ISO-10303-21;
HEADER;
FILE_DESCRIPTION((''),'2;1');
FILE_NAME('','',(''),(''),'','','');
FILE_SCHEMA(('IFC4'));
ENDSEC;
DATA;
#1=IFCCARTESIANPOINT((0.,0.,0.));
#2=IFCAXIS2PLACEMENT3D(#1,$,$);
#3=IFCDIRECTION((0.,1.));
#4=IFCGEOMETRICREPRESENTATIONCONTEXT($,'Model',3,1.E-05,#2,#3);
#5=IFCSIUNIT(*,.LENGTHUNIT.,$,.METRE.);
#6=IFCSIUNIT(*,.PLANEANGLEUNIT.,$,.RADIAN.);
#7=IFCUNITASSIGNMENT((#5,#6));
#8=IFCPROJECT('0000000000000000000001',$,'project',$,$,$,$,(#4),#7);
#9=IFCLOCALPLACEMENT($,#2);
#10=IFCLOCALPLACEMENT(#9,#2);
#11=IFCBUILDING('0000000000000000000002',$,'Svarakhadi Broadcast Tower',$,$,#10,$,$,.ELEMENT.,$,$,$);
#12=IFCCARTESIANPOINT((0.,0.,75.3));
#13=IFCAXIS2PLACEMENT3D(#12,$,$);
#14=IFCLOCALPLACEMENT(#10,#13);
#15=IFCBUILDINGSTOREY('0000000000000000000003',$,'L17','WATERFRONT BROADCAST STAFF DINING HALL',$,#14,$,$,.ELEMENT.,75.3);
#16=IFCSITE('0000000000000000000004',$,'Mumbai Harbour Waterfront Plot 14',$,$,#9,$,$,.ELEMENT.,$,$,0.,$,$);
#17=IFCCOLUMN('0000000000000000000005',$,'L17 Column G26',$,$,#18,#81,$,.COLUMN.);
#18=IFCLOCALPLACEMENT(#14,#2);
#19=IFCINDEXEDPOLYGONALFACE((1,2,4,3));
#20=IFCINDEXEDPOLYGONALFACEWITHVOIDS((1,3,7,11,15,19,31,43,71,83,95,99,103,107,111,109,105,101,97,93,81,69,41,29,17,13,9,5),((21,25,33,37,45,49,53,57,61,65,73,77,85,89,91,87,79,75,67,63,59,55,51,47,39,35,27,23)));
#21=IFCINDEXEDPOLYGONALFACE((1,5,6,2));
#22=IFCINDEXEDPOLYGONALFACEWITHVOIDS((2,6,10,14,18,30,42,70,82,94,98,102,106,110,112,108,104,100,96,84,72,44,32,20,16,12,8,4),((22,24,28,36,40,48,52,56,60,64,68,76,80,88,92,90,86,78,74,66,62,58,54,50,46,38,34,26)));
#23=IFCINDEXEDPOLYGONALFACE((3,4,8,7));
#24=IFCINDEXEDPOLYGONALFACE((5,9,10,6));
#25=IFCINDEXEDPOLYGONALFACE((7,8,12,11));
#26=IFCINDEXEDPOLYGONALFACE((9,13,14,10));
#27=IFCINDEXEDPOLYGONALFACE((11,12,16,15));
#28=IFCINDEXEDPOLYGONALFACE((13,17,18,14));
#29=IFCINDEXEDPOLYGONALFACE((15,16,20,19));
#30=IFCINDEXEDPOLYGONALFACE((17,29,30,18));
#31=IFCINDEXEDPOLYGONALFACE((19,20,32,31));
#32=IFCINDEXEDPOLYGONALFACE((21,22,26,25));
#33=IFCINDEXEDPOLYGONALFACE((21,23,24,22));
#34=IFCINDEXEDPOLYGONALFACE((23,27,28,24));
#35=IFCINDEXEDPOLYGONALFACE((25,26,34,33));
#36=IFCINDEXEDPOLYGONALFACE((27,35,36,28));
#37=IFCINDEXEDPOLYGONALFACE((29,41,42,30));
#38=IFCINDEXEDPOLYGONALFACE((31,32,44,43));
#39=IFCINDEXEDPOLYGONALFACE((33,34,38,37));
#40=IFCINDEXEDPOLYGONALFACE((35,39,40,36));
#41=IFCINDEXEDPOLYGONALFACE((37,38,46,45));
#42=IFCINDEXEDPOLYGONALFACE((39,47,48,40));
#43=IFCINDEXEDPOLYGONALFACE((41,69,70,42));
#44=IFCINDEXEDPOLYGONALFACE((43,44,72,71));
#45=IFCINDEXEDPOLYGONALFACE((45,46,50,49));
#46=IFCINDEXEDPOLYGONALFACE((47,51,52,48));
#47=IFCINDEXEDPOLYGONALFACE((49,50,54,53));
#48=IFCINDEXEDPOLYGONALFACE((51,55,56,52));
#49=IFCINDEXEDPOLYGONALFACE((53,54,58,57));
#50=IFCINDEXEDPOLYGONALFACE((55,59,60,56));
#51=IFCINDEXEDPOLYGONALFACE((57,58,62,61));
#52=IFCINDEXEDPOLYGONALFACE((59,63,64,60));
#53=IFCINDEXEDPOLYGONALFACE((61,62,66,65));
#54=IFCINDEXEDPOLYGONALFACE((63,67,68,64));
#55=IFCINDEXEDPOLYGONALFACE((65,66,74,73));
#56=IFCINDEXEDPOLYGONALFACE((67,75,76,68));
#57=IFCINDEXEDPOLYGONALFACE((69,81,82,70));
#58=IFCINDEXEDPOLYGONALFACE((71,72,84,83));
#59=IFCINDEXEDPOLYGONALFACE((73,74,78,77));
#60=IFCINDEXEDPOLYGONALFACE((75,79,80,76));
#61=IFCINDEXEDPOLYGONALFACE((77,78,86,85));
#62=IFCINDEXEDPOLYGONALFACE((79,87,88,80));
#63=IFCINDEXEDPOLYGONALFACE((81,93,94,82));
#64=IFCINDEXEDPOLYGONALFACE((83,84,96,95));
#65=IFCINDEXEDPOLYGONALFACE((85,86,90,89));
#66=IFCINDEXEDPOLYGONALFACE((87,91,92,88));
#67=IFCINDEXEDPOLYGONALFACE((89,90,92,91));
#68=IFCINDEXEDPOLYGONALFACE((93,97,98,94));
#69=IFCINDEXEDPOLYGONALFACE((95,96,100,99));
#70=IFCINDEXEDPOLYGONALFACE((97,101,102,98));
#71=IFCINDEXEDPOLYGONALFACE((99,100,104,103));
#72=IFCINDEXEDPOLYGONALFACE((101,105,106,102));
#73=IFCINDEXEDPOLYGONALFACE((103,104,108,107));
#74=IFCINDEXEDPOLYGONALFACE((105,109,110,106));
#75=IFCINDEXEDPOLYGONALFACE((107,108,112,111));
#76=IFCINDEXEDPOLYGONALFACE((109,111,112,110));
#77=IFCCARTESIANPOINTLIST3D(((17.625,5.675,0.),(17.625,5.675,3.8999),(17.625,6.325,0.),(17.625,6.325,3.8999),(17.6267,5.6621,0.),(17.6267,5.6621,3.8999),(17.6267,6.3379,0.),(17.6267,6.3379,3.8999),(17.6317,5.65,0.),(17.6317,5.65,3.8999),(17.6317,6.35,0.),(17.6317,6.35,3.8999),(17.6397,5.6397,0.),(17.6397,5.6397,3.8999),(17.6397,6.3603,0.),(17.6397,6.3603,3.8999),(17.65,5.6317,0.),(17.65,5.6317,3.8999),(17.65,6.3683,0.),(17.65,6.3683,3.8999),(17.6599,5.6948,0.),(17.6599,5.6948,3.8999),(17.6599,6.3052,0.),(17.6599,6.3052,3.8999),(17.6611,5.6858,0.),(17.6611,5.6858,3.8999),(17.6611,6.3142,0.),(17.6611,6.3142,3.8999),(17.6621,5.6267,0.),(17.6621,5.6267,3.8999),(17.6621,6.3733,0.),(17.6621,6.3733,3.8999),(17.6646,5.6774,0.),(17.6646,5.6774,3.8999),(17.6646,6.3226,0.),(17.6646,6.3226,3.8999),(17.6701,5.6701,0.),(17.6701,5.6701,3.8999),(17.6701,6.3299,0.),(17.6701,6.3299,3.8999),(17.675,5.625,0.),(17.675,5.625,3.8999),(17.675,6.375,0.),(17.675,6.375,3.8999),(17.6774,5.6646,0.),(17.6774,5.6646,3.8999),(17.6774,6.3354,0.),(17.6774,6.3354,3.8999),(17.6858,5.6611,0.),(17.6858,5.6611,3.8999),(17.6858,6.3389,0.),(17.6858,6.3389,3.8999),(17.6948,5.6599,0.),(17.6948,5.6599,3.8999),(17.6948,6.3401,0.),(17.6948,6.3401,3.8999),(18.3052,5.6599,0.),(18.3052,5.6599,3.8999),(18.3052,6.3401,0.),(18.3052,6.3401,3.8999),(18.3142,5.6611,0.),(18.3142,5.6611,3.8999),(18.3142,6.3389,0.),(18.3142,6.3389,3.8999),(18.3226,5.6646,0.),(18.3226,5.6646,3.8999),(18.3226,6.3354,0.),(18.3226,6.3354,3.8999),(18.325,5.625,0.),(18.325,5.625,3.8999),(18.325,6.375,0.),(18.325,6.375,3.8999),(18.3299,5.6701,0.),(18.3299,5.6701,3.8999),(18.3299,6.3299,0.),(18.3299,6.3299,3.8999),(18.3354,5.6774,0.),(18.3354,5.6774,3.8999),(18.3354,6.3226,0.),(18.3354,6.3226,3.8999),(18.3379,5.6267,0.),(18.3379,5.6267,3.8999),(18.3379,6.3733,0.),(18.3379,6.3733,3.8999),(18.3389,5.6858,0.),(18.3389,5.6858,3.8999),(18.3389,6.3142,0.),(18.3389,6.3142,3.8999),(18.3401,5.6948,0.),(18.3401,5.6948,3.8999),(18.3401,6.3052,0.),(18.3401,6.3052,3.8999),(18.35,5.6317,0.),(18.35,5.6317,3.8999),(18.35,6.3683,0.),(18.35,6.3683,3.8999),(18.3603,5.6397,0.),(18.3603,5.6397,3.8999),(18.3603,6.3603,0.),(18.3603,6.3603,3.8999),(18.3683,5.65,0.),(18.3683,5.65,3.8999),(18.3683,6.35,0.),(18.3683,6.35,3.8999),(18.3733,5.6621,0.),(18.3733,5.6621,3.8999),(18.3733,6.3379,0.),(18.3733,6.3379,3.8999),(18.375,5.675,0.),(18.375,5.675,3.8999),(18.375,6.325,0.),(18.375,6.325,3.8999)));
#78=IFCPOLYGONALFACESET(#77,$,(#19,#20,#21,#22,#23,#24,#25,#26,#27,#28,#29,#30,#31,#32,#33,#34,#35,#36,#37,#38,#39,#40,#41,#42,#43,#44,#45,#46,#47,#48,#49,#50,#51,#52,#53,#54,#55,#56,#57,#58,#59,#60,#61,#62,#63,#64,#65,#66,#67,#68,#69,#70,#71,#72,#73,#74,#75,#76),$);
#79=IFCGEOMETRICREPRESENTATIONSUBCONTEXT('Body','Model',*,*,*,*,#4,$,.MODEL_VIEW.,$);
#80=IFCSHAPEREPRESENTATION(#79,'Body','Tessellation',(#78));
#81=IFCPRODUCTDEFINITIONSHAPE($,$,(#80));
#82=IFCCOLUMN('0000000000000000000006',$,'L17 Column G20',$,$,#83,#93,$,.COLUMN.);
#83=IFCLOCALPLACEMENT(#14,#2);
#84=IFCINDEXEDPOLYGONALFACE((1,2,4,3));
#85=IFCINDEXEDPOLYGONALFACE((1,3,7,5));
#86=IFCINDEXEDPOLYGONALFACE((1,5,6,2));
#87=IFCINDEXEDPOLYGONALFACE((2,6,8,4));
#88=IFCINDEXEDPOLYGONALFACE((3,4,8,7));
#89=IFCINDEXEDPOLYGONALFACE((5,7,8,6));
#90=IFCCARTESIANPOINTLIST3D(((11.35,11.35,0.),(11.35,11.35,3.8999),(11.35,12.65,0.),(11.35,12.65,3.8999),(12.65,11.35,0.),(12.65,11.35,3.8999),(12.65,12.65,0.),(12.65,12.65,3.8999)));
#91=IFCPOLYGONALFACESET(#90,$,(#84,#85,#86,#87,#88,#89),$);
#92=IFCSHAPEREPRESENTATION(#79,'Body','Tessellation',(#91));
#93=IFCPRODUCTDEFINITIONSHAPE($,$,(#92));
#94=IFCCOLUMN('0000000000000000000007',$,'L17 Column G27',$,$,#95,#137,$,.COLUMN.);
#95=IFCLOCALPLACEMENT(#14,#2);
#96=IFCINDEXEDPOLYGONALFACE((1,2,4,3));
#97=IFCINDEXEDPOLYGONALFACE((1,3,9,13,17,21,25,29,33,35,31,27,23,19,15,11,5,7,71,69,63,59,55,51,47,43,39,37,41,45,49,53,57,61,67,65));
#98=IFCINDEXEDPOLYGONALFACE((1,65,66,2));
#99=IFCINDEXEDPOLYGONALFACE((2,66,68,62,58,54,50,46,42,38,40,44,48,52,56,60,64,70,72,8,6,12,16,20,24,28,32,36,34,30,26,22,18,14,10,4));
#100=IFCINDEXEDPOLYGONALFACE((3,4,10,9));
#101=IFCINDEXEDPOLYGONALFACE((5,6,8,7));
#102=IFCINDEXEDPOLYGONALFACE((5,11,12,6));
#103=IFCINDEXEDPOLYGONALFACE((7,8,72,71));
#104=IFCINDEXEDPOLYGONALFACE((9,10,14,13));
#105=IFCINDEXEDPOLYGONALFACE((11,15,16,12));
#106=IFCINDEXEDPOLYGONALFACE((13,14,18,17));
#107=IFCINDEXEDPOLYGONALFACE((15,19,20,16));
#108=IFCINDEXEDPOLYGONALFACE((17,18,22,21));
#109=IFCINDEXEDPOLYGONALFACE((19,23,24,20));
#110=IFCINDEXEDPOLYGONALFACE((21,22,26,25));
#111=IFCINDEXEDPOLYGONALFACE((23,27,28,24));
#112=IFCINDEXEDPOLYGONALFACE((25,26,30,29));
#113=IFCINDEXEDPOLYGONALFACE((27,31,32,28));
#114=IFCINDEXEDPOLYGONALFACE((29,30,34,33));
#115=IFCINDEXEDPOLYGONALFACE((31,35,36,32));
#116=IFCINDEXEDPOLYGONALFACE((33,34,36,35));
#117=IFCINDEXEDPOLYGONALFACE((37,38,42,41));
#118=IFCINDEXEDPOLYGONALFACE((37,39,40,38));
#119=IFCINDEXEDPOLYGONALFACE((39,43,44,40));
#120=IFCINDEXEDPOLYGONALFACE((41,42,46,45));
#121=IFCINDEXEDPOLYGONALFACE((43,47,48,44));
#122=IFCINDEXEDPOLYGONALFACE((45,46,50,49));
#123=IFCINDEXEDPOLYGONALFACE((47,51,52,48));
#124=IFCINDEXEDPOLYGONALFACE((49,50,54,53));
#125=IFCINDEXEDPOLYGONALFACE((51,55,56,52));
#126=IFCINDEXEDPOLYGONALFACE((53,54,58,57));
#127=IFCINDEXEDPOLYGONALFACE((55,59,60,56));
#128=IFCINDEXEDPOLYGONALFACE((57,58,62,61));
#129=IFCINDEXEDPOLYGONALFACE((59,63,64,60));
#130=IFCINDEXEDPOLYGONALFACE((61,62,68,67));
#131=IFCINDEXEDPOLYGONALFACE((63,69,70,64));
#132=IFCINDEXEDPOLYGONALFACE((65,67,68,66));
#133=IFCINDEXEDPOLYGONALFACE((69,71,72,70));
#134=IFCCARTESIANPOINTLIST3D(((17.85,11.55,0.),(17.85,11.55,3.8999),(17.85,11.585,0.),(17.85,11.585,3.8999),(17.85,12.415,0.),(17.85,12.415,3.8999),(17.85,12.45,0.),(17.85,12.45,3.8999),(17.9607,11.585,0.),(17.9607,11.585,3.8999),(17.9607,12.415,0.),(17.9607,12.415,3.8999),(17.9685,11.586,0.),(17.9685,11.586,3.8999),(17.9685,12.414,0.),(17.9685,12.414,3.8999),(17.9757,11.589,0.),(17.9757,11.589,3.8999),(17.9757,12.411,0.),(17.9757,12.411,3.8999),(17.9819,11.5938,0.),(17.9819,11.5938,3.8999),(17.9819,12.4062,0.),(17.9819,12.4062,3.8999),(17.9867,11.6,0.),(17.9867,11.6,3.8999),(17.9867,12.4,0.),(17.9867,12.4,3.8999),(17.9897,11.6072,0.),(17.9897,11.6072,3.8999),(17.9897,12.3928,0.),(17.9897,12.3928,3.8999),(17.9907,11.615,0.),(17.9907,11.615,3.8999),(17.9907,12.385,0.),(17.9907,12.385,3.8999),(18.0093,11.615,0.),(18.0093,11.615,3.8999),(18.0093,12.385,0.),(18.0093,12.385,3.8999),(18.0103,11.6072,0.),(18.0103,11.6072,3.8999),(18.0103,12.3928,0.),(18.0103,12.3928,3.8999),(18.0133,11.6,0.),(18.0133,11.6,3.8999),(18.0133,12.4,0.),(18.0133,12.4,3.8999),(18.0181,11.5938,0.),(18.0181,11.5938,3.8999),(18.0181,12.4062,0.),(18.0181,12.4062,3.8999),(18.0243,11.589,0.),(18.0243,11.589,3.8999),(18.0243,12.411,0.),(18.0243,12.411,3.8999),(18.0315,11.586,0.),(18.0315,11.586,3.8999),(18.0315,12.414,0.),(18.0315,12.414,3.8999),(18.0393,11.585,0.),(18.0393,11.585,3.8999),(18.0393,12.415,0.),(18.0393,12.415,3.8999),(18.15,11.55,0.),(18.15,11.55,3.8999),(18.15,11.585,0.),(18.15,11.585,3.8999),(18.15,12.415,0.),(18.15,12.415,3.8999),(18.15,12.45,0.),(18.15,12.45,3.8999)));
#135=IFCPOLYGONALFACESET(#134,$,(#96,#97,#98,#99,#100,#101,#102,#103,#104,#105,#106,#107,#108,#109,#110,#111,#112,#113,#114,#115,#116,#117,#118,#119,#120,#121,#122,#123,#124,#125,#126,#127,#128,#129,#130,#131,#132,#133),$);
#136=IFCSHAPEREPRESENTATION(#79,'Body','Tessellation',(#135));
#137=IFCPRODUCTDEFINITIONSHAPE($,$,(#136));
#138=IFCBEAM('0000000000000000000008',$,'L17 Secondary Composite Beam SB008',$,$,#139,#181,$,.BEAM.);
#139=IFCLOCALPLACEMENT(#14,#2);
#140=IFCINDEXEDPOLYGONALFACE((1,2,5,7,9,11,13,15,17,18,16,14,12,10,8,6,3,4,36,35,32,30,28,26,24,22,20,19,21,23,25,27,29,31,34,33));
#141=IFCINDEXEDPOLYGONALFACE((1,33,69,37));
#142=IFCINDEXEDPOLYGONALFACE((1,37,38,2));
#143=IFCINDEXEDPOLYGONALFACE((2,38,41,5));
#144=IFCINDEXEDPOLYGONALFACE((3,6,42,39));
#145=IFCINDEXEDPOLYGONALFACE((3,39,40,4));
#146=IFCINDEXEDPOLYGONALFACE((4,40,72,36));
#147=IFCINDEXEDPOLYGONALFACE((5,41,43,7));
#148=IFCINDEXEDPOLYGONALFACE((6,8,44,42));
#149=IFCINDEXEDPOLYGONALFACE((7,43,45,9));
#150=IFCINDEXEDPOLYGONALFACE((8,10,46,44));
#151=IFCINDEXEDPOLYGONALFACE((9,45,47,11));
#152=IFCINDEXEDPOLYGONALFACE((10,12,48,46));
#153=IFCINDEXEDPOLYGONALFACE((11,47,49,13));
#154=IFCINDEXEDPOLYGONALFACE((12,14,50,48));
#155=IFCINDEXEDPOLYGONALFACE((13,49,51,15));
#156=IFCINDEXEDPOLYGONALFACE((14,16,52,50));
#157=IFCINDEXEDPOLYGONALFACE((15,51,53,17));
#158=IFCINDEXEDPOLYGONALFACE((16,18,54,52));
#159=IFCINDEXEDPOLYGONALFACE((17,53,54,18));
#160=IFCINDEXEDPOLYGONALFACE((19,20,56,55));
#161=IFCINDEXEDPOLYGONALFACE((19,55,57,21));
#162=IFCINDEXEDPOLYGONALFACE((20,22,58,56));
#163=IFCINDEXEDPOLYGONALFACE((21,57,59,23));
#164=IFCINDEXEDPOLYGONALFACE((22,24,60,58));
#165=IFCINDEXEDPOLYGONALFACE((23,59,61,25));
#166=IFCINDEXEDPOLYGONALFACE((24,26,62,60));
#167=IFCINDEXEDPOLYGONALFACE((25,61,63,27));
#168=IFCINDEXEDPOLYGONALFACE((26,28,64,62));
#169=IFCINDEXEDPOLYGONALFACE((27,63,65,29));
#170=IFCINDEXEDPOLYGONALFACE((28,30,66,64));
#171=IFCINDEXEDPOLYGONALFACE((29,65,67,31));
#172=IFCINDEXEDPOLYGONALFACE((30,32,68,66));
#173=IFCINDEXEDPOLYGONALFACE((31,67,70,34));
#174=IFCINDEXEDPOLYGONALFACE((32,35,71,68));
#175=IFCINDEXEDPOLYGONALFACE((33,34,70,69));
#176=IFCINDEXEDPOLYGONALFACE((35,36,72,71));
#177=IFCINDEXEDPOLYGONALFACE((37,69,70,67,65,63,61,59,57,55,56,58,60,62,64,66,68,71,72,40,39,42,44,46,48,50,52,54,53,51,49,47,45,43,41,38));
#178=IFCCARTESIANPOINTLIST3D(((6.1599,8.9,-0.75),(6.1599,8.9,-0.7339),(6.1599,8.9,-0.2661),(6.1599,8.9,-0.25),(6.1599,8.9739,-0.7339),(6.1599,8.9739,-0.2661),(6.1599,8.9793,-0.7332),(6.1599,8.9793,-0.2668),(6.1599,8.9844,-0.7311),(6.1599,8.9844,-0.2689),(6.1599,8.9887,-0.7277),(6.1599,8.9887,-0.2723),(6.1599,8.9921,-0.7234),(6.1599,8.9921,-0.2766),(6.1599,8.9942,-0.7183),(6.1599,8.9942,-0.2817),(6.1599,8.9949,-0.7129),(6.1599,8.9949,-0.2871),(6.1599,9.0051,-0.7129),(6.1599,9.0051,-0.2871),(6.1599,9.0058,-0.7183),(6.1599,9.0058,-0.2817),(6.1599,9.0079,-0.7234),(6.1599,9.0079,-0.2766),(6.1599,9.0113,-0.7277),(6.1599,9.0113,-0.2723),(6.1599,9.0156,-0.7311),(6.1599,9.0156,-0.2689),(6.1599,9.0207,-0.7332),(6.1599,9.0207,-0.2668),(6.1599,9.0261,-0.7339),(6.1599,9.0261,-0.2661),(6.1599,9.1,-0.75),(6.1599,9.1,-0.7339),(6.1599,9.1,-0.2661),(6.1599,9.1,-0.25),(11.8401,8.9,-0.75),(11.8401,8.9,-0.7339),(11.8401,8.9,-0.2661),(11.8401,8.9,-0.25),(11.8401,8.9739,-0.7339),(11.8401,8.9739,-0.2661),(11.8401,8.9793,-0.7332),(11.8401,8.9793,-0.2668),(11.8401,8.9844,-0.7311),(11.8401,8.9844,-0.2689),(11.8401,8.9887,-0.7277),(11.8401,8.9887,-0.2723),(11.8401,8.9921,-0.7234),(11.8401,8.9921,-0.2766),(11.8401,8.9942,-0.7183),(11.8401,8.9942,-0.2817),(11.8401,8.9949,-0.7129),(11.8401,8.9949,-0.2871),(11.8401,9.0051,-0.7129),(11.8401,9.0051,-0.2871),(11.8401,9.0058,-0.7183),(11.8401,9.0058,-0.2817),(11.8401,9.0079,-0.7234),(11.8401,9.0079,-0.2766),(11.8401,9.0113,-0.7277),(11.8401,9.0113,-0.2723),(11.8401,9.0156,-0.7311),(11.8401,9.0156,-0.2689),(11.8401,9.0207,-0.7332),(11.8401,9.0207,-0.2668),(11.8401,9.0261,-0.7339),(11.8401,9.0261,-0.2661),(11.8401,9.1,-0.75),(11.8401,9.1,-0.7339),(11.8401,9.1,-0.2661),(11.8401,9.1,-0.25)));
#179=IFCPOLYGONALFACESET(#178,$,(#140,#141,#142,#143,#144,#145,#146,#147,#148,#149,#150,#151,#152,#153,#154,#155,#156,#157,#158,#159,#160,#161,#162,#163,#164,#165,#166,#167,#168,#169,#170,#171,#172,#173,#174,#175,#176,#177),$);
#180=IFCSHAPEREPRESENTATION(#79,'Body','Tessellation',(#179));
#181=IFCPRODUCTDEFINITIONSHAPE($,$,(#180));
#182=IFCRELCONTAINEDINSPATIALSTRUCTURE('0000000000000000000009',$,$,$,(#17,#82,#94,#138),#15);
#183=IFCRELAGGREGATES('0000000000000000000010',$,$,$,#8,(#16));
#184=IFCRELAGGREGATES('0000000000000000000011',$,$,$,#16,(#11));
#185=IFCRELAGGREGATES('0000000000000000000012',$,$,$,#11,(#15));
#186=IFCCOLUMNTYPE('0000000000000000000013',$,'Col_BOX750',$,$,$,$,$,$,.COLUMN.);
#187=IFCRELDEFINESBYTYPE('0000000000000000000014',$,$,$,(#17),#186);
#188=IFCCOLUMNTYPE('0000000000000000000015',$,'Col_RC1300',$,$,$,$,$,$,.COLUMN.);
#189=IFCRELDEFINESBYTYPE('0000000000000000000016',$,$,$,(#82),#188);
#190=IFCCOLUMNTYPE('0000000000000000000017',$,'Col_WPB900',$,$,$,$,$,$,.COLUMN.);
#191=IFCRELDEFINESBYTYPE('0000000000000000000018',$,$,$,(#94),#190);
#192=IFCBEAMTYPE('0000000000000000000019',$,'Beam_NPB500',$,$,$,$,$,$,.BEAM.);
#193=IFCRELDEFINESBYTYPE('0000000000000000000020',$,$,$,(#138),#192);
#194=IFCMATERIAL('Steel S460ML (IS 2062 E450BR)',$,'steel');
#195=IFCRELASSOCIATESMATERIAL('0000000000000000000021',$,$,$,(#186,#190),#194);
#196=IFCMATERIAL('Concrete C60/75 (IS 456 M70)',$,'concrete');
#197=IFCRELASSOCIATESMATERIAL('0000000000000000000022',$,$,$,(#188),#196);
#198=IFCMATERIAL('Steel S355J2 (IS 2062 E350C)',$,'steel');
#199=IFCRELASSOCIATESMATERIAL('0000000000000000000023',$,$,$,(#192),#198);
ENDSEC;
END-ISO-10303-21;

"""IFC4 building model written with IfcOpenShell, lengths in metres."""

from ifc_helpers import new_model, si_unit, direction, frame, origin, origin_2d, place, context, subcontext, project, spatial, rectangle, hollow_rectangle, i_section, extrude, material, material_profile, profile_set, type_object, element, save


model = new_model("IFC4")

# Units and contexts
model_context = context("Model", 3, precision=1e-05, world=origin(), true_north=direction((0.0, 1.0)))
body_context = subcontext(model_context, "Body", "Model", "MODEL_VIEW")
ifc_project = project(units=[si_unit("LENGTHUNIT", "METRE"), si_unit("PLANEANGLEUNIT", "RADIAN")], contexts=[model_context])

# Site, building, storey
site_placement = place(None, origin())
site = spatial("IfcSite", under=ifc_project, at=site_placement, Name="Mumbai Harbour Waterfront Plot 14", CompositionType="ELEMENT", RefElevation=0.0)
building_placement = place(site_placement, origin())
building = spatial("IfcBuilding", under=site, at=building_placement, Name="Svarakhadi Broadcast Tower", CompositionType="ELEMENT")
storey_placement = place(building_placement, frame((0.0, 0.0, 75.3)))
storey = spatial("IfcBuildingStorey", under=building, at=storey_placement, Name="L17", Description="WATERFRONT BROADCAST STAFF DINING HALL", CompositionType="ELEMENT", Elevation=75.3)

# Columns
ifc_material_1 = material(Name="Steel S460ML (IS 2062 E450BR)", Category="steel")
ifc_material_profile_1 = material_profile(ifc_material_1, hollow_rectangle(XDim=0.75, YDim=0.75, WallThickness=0.0349, InnerFilletRadius=0.0349, OuterFilletRadius=0.05, at=origin_2d()), Name="BOX 750x750x35")
ifc_profile_set_1 = profile_set([ifc_material_profile_1], Name="Steel S460ML (IS 2062 E450BR)")
column_type_1 = type_object("IfcColumnType", Name="Col_BOX750", PredefinedType="COLUMN", material=ifc_profile_set_1)
column_1_placement = place(storey_placement, frame((18.0, 6.0, 0.0), z_axis=(0.0, 0.0, 1.0), x_axis=(1.0, 0.0, 0.0)))
element("IfcColumn", 1, at=column_1_placement, inside=storey, type_object=column_type_1, Name="L17 Column G26", PredefinedType="COLUMN", context=body_context, shape_type="SweptSolid", body=[
    extrude(hollow_rectangle(XDim=0.75, YDim=0.75, WallThickness=0.0349, InnerFilletRadius=0.0349, OuterFilletRadius=0.05, at=origin_2d()), origin(), (0.0, 0.0, 1.0), 3.8999),
])
ifc_material_2 = material(Name="Concrete C60/75 (IS 456 M70)", Category="concrete")
ifc_material_profile_2 = material_profile(ifc_material_2, rectangle(XDim=1.3, YDim=1.3, at=origin_2d()), Name="RC 1300x1300")
ifc_profile_set_2 = profile_set([ifc_material_profile_2], Name="Concrete C60/75 (IS 456 M70)")
column_type_2 = type_object("IfcColumnType", Name="Col_RC1300", PredefinedType="COLUMN", material=ifc_profile_set_2)
column_2_placement = place(storey_placement, frame((12.0, 12.0, 0.0), z_axis=(0.0, 0.0, 1.0), x_axis=(1.0, 0.0, 0.0)))
element("IfcColumn", 2, at=column_2_placement, inside=storey, type_object=column_type_2, Name="L17 Column G20", PredefinedType="COLUMN", context=body_context, shape_type="SweptSolid", body=[
    extrude(rectangle(XDim=1.3, YDim=1.3, at=origin_2d()), origin(), (0.0, 0.0, 1.0), 3.8999),
])
ifc_material_profile_3 = material_profile(ifc_material_1, i_section(OverallWidth=0.3, OverallDepth=0.8999, WebThickness=0.0186, FlangeThickness=0.0349, FilletRadius=0.03, at=origin_2d()), Name="WPB 900x300x291")
ifc_profile_set_3 = profile_set([ifc_material_profile_3], Name="Steel S460ML (IS 2062 E450BR)")
column_type_3 = type_object("IfcColumnType", Name="Col_WPB900", PredefinedType="COLUMN", material=ifc_profile_set_3)
column_3_placement = place(storey_placement, frame((18.0, 12.0, 0.0), z_axis=(0.0, 0.0, 1.0), x_axis=(1.0, 0.0, 0.0)))
element("IfcColumn", 3, at=column_3_placement, inside=storey, type_object=column_type_3, Name="L17 Column G27", PredefinedType="COLUMN", context=body_context, shape_type="SweptSolid", body=[
    extrude(i_section(OverallWidth=0.3, OverallDepth=0.8999, WebThickness=0.0186, FlangeThickness=0.0349, FilletRadius=0.03, at=origin_2d()), origin(), (0.0, 0.0, 1.0), 3.8999),
])

# Beam
ifc_material_3 = material(Name="Steel S355J2 (IS 2062 E350C)", Category="steel")
ifc_material_profile_4 = material_profile(ifc_material_3, i_section(OverallWidth=0.2, OverallDepth=0.5, WebThickness=0.0103, FlangeThickness=0.0161, FilletRadius=0.021, at=origin_2d()), Name="NPB 500x200x91")
ifc_profile_set_4 = profile_set([ifc_material_profile_4], Name="Steel S355J2 (IS 2062 E350C)")
beam_type_1 = type_object("IfcBeamType", Name="Beam_NPB500", PredefinedType="BEAM", material=ifc_profile_set_4)
for number, where, z_axis, x_axis, name in (
    (4, (6.1599, 9.0, -0.5), (1.0, 0.0, 0.0), (0.0, 1.0, 0.0), "L17 Secondary Composite Beam SB008"),
):
    element("IfcBeam", number, at=place(storey_placement, frame(where, z_axis=z_axis, x_axis=x_axis)), inside=storey, type_object=beam_type_1, Name=name, PredefinedType="BEAM", context=body_context, shape_type="SweptSolid", body=[
        extrude(i_section(OverallWidth=0.2, OverallDepth=0.5, WebThickness=0.0103, FlangeThickness=0.0161, FilletRadius=0.021, at=origin_2d()), origin(), (0.0, 0.0, 1.0), 5.6802),
    ])

save(model, "model.ifc")
